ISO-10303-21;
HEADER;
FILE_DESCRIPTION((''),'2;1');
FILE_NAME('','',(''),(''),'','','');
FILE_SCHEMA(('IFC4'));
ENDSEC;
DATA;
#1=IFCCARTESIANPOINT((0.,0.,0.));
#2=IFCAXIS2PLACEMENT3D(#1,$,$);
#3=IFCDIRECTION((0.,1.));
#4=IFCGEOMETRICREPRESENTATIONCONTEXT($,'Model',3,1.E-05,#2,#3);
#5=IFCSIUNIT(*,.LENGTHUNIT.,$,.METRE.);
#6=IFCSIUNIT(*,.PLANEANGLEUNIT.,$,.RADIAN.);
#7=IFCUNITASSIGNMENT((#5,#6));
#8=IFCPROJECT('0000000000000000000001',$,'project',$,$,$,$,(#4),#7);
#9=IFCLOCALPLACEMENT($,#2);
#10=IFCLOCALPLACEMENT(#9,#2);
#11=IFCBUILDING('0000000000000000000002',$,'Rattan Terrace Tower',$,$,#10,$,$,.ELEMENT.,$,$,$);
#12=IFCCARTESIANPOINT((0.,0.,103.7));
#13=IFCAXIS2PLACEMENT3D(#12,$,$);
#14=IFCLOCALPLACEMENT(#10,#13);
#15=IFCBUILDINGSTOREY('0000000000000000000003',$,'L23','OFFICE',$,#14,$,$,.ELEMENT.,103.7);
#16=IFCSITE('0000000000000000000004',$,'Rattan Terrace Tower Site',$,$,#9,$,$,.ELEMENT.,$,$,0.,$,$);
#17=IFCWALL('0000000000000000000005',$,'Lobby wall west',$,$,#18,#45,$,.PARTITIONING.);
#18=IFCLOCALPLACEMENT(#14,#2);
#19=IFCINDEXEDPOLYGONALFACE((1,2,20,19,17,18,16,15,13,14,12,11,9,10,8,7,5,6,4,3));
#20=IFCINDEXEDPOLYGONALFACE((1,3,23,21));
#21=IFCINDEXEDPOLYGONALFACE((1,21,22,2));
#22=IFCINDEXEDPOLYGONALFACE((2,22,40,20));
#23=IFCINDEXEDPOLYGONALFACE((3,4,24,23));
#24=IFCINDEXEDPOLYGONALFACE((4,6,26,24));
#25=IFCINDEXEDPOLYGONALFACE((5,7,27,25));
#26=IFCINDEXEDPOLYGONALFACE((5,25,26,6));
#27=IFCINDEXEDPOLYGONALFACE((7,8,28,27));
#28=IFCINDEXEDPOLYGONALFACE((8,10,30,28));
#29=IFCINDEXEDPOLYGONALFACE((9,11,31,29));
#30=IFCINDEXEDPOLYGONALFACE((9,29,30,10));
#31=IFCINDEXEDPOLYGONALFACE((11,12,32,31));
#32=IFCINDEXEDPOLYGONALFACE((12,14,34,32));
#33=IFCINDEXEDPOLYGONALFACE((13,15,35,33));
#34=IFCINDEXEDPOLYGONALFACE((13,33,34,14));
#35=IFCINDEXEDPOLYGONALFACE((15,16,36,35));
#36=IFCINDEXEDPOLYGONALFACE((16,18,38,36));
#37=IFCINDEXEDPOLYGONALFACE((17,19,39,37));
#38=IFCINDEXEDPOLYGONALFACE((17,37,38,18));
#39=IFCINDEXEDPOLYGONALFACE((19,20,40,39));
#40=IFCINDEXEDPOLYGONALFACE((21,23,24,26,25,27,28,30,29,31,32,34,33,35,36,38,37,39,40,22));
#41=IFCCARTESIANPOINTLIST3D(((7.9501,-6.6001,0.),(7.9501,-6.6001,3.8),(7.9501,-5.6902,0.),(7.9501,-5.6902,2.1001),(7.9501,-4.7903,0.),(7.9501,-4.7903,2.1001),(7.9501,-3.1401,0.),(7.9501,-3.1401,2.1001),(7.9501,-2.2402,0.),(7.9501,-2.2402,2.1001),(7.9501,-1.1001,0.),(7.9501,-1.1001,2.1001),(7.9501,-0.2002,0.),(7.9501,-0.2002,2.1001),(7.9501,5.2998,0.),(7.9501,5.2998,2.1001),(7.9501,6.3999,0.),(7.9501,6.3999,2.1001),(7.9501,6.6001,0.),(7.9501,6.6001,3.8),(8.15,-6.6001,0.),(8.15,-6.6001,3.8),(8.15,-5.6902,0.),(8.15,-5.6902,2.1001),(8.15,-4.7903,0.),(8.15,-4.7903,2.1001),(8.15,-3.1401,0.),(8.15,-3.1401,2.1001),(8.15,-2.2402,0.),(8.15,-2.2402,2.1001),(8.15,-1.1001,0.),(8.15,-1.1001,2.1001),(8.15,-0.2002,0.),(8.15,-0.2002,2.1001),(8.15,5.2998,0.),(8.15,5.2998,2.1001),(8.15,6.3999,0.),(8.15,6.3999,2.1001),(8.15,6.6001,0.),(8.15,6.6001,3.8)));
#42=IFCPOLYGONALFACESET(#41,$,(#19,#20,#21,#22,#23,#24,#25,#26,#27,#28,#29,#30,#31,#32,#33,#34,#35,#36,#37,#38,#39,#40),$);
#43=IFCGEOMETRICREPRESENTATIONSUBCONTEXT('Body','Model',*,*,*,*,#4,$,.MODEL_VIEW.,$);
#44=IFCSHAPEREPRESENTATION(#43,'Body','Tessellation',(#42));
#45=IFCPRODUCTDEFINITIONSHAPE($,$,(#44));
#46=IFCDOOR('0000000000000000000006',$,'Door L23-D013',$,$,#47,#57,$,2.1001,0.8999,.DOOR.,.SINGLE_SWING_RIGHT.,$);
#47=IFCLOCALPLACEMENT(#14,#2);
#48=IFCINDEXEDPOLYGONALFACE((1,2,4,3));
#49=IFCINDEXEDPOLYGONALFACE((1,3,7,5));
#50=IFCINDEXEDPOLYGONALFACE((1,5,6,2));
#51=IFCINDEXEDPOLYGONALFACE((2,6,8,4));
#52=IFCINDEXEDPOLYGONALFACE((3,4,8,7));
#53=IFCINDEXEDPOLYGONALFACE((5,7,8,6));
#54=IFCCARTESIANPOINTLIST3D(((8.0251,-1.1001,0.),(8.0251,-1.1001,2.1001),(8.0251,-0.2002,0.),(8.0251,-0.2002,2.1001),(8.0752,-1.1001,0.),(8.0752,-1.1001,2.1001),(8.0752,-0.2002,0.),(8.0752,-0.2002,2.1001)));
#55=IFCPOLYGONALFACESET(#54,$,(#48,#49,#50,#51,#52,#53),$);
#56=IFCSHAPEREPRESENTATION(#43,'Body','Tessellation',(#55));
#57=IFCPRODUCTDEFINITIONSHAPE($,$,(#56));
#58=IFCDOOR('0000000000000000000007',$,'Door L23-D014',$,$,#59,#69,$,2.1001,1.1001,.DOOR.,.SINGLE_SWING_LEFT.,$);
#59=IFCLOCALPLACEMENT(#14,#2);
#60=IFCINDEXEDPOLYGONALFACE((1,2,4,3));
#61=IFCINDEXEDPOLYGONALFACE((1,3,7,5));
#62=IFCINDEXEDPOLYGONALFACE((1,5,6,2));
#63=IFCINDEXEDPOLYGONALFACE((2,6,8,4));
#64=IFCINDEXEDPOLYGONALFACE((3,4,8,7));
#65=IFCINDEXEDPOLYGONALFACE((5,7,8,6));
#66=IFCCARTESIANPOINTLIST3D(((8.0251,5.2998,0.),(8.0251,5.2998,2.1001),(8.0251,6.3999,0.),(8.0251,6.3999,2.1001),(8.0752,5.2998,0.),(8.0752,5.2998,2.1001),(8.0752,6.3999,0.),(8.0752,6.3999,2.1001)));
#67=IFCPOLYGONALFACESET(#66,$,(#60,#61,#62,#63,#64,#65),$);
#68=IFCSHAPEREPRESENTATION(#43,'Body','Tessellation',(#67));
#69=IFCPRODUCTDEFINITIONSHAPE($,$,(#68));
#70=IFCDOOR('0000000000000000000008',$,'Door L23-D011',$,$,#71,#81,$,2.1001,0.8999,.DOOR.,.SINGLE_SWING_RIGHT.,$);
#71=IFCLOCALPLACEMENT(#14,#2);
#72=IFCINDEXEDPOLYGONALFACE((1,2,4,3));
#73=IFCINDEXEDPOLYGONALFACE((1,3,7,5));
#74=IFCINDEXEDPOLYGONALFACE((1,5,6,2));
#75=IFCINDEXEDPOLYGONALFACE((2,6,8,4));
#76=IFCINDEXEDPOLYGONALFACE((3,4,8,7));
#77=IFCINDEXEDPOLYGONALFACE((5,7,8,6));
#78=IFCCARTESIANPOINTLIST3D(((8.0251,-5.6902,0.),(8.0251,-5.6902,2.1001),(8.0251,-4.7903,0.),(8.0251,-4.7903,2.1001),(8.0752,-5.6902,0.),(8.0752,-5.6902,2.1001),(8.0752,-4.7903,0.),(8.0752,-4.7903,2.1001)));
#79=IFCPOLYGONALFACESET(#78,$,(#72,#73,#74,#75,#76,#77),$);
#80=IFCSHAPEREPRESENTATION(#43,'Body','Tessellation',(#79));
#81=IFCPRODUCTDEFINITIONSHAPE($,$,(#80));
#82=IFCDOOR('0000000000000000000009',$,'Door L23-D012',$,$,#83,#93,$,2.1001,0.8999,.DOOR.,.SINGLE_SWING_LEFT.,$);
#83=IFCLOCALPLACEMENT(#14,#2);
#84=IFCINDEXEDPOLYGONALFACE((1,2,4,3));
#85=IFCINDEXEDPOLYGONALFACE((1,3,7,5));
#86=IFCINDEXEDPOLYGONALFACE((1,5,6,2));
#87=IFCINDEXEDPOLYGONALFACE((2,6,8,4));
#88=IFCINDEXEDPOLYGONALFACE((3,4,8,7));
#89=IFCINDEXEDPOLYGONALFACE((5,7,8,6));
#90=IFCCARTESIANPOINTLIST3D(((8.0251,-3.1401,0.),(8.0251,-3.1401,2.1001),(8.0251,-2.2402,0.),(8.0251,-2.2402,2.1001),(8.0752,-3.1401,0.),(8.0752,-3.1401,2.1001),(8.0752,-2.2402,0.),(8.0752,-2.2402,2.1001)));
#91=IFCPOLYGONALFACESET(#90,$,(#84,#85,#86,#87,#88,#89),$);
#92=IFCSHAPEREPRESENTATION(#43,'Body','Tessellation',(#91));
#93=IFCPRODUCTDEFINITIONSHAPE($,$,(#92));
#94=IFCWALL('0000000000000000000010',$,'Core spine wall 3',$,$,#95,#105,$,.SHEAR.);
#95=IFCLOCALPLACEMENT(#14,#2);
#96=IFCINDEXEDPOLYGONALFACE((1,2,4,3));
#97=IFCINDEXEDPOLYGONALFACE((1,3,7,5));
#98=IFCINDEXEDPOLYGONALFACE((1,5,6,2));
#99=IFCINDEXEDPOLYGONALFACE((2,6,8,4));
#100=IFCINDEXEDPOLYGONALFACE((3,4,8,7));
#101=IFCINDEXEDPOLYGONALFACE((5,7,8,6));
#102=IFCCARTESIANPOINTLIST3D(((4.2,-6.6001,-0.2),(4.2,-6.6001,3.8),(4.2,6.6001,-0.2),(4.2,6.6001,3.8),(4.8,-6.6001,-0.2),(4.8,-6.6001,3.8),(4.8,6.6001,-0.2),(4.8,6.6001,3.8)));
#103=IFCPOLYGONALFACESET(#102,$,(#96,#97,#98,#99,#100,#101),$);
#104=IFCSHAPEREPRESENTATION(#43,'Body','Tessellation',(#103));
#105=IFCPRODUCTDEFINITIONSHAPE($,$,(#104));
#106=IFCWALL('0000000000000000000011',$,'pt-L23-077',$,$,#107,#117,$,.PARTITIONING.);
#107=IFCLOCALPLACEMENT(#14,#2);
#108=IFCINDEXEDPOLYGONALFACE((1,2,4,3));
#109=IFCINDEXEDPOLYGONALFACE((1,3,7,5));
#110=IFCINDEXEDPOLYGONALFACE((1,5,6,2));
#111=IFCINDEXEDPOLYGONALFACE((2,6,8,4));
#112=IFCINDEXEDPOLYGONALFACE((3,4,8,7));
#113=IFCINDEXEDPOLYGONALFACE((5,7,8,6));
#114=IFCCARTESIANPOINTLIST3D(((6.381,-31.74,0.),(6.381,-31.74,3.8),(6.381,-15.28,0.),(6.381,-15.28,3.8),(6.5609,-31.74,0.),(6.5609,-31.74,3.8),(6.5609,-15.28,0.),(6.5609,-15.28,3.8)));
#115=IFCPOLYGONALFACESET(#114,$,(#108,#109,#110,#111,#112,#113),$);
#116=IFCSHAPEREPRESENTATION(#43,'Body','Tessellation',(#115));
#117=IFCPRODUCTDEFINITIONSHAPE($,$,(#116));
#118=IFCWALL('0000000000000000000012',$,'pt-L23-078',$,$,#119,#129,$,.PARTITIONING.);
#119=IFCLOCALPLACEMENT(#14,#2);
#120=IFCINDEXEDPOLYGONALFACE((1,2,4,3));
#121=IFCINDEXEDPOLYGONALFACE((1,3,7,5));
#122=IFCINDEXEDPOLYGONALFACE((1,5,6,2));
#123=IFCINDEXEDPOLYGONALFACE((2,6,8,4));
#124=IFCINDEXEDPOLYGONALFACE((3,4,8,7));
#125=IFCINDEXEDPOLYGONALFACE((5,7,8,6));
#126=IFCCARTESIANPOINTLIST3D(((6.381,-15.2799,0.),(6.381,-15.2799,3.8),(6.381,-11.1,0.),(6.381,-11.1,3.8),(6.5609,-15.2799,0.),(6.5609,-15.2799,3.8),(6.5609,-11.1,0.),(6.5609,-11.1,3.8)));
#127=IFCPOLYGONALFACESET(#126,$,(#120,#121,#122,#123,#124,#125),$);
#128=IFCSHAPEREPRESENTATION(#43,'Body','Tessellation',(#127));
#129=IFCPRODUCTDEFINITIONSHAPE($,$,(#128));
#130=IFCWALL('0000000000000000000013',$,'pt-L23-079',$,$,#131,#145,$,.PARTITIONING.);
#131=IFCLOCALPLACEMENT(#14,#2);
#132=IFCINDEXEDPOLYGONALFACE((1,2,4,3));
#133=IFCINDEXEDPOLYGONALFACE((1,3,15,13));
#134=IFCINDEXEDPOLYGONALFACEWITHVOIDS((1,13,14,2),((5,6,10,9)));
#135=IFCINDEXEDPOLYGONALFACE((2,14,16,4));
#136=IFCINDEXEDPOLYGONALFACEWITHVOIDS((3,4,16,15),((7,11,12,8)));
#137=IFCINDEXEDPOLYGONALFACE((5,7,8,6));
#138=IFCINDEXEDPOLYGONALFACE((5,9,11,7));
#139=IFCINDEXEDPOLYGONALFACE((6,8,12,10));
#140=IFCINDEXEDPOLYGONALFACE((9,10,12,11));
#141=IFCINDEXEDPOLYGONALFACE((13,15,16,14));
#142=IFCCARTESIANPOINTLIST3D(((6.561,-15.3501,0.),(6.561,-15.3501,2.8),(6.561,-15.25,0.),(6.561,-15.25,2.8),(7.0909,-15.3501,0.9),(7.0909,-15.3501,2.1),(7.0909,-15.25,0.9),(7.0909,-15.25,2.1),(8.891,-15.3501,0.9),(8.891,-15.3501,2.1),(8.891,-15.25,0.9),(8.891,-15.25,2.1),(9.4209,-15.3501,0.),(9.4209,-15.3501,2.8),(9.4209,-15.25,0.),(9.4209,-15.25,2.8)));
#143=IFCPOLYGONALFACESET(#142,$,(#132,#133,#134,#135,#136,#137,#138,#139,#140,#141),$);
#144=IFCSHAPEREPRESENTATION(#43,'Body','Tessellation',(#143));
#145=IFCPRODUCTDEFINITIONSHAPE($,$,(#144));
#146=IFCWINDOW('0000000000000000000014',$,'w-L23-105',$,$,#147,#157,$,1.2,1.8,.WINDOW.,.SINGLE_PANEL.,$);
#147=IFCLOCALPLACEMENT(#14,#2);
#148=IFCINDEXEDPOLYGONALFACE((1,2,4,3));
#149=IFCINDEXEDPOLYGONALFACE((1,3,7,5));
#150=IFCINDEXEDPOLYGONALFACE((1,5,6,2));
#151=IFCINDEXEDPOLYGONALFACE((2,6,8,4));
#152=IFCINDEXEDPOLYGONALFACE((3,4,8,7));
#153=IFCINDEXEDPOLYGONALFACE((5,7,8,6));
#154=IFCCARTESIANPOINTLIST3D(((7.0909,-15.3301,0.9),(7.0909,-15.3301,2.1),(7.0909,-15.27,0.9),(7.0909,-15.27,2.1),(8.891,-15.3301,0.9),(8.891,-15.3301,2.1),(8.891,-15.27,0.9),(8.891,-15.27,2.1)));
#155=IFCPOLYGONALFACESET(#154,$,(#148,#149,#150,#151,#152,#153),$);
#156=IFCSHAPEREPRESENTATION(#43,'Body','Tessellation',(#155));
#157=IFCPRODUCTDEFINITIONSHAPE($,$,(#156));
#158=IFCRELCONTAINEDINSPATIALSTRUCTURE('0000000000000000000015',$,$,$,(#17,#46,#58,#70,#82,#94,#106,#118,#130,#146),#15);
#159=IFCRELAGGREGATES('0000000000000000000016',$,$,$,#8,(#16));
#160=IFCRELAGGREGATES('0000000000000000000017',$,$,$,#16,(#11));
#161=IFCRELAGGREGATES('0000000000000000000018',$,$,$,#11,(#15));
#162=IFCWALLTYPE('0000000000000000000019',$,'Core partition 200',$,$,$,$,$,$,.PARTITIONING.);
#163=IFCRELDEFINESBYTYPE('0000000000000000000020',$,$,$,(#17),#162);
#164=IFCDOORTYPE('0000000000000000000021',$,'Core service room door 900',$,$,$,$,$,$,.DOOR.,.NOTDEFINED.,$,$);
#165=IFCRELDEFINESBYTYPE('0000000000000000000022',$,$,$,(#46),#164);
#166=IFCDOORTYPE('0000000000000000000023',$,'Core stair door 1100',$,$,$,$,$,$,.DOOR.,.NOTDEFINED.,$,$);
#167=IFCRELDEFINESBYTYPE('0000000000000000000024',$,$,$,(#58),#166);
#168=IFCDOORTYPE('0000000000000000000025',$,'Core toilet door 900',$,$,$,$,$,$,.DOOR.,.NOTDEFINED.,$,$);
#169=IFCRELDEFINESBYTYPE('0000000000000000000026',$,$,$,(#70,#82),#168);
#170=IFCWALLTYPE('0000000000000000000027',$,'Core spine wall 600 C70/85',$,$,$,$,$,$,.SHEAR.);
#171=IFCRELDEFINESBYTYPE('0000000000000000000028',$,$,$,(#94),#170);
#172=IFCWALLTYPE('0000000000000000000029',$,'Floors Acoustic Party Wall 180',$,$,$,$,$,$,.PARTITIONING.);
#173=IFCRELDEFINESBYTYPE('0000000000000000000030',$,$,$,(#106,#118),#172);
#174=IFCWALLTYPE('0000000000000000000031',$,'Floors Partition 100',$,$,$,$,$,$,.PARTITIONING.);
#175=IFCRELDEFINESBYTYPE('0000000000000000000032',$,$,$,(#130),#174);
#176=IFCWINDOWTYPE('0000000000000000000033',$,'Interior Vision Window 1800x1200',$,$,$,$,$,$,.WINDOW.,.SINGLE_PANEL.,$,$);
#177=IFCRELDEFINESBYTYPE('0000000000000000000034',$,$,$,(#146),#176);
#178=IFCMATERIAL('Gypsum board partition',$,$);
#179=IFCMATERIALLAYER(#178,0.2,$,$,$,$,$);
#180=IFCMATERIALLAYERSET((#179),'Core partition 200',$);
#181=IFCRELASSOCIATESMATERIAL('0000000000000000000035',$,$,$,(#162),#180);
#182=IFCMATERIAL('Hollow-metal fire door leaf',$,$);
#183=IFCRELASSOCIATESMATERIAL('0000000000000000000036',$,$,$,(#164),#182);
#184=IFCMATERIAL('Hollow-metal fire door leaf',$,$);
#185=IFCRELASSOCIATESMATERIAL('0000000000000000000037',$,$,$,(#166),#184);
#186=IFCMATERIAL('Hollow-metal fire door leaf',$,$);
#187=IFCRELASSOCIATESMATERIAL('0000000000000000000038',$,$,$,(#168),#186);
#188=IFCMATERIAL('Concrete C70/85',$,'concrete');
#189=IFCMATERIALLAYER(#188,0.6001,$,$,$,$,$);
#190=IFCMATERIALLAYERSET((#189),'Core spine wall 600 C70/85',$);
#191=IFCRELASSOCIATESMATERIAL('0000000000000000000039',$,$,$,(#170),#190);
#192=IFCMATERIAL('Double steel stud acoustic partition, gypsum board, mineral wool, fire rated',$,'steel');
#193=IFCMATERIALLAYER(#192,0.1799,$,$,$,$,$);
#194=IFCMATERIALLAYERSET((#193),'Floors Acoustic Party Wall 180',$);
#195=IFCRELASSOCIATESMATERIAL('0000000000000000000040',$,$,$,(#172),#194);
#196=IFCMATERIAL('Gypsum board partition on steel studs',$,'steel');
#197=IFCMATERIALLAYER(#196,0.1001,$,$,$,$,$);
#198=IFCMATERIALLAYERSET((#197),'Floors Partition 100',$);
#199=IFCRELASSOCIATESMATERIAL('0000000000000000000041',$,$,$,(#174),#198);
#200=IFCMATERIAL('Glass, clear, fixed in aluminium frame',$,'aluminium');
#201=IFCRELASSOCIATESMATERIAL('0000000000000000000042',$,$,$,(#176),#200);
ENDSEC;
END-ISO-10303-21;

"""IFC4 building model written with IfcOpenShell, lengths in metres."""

from ifc_helpers import new_model, si_unit, direction, frame, frame_2d, origin, place, context, subcontext, project, spatial, rectangle, extrude, material, layer, layer_set, type_object, element, fill, save


model = new_model("IFC4")

# Units and contexts
model_context = context("Model", 3, precision=1e-05, world=origin(), true_north=direction((0.0, 1.0)))
body_context = subcontext(model_context, "Body", "Model", "MODEL_VIEW")
ifc_project = project(units=[si_unit("LENGTHUNIT", "METRE"), si_unit("PLANEANGLEUNIT", "RADIAN")], contexts=[model_context])

# Site, building, storey
site_placement = place(None, origin())
site = spatial("IfcSite", under=ifc_project, at=site_placement, Name="Rattan Terrace Tower Site", CompositionType="ELEMENT", RefElevation=0.0)
building_placement = place(site_placement, origin())
building = spatial("IfcBuilding", under=site, at=building_placement, Name="Rattan Terrace Tower", CompositionType="ELEMENT")
storey_placement = place(building_placement, frame((0.0, 0.0, 103.7)))
storey = spatial("IfcBuildingStorey", under=building, at=storey_placement, Name="L23", Description="OFFICE", CompositionType="ELEMENT", Elevation=103.7)

# Wall, openings, doors
ifc_material_1 = material(Name="Gypsum board partition")
ifc_layer_1 = layer(ifc_material_1, 0.2)
ifc_layer_set_1 = layer_set([ifc_layer_1], Name="Core partition 200")
wall_type_1 = type_object("IfcWallType", Name="Core partition 200", PredefinedType="PARTITIONING", material=ifc_layer_set_1)
wall_1_placement = place(storey_placement, frame((8.05, -6.6001, 0.0), z_axis=(0.0, 0.0, 1.0), x_axis=(0.0, 1.0, 0.0)))
wall_1 = element("IfcWall", 1, at=wall_1_placement, inside=storey, type_object=wall_type_1, Name="Lobby wall west", PredefinedType="PARTITIONING", context=body_context, shape_type="SweptSolid", body=[
    extrude(rectangle(XDim=13.2002, YDim=0.2, at=frame_2d((6.6001, 0.0))), origin(), (0.0, 0.0, 1.0), 3.8),
])
opening_1_placement = place(wall_1_placement, frame((0.9099, 0.0, 0.0)))
opening_1 = element("IfcOpeningElement", 2, at=opening_1_placement, cuts=wall_1, PredefinedType="OPENING", context=body_context, shape_type="SweptSolid", body=[
    extrude(rectangle(XDim=0.8999, YDim=2.1001, at=frame_2d((0.45, 1.05))), frame((0.0, 0.1106, 0.0), z_axis=(0.0, -1.0, 0.0), x_axis=(1.0, 0.0, 0.0)), (0.0, 0.0, 1.0), 0.2209),
])
opening_2_placement = place(wall_1_placement, frame((3.46, 0.0, 0.0)))
opening_2 = element("IfcOpeningElement", 3, at=opening_2_placement, cuts=wall_1, PredefinedType="OPENING", context=body_context, shape_type="SweptSolid", body=[
    extrude(rectangle(XDim=0.8999, YDim=2.1001, at=frame_2d((0.45, 1.05))), frame((0.0, 0.1106, 0.0), z_axis=(0.0, -1.0, 0.0), x_axis=(1.0, 0.0, 0.0)), (0.0, 0.0, 1.0), 0.2209),
])
opening_3_placement = place(wall_1_placement, frame((5.5, 0.0, 0.0)))
opening_3 = element("IfcOpeningElement", 4, at=opening_3_placement, cuts=wall_1, PredefinedType="OPENING", context=body_context, shape_type="SweptSolid", body=[
    extrude(rectangle(XDim=0.8999, YDim=2.1001, at=frame_2d((0.45, 1.05))), frame((0.0, 0.1106, 0.0), z_axis=(0.0, -1.0, 0.0), x_axis=(1.0, 0.0, 0.0)), (0.0, 0.0, 1.0), 0.2209),
])
opening_4_placement = place(wall_1_placement, frame((11.8999, 0.0, 0.0)))
opening_4 = element("IfcOpeningElement", 5, at=opening_4_placement, cuts=wall_1, PredefinedType="OPENING", context=body_context, shape_type="SweptSolid", body=[
    extrude(rectangle(XDim=1.1001, YDim=2.1001, at=frame_2d((0.55, 1.05))), frame((0.0, 0.1106, 0.0), z_axis=(0.0, -1.0, 0.0), x_axis=(1.0, 0.0, 0.0)), (0.0, 0.0, 1.0), 0.2209),
])
ifc_material_2 = material(Name="Hollow-metal fire door leaf")
door_type_1 = type_object("IfcDoorType", Name="Core service room door 900", OperationType="NOTDEFINED", PredefinedType="DOOR", material=ifc_material_2)
door_1_placement = place(opening_3_placement, origin())
door_1 = element("IfcDoor", 6, at=door_1_placement, inside=storey, type_object=door_type_1, Name="Door L23-D013", OperationType="SINGLE_SWING_RIGHT", OverallHeight=2.1001, OverallWidth=0.8999, PredefinedType="DOOR", context=body_context, shape_type="SweptSolid", body=[
    extrude(rectangle(XDim=0.8999, YDim=2.1001, at=frame_2d((0.45, 1.05))), frame((0.0, 0.0249, 0.0), z_axis=(0.0, -1.0, 0.0), x_axis=(1.0, 0.0, 0.0)), (0.0, 0.0, 1.0), 0.05),
])
fill(opening_3, door_1)
ifc_material_3 = material(Name="Hollow-metal fire door leaf")
door_type_2 = type_object("IfcDoorType", Name="Core stair door 1100", OperationType="NOTDEFINED", PredefinedType="DOOR", material=ifc_material_3)
door_2_placement = place(opening_4_placement, origin())
door_2 = element("IfcDoor", 7, at=door_2_placement, inside=storey, type_object=door_type_2, Name="Door L23-D014", OperationType="SINGLE_SWING_LEFT", OverallHeight=2.1001, OverallWidth=1.1001, PredefinedType="DOOR", context=body_context, shape_type="SweptSolid", body=[
    extrude(rectangle(XDim=1.1001, YDim=2.1001, at=frame_2d((0.55, 1.05))), frame((0.0, 0.0249, 0.0), z_axis=(0.0, -1.0, 0.0), x_axis=(1.0, 0.0, 0.0)), (0.0, 0.0, 1.0), 0.05),
])
fill(opening_4, door_2)
ifc_material_4 = material(Name="Hollow-metal fire door leaf")
door_type_3 = type_object("IfcDoorType", Name="Core toilet door 900", OperationType="NOTDEFINED", PredefinedType="DOOR", material=ifc_material_4)
door_3_placement = place(opening_1_placement, origin())
door_3 = element("IfcDoor", 8, at=door_3_placement, inside=storey, type_object=door_type_3, Name="Door L23-D011", OperationType="SINGLE_SWING_RIGHT", OverallHeight=2.1001, OverallWidth=0.8999, PredefinedType="DOOR", context=body_context, shape_type="SweptSolid", body=[
    extrude(rectangle(XDim=0.8999, YDim=2.1001, at=frame_2d((0.45, 1.05))), frame((0.0, 0.0249, 0.0), z_axis=(0.0, -1.0, 0.0), x_axis=(1.0, 0.0, 0.0)), (0.0, 0.0, 1.0), 0.05),
])
fill(opening_1, door_3)
door_4_placement = place(opening_2_placement, origin())
door_4 = element("IfcDoor", 9, at=door_4_placement, inside=storey, type_object=door_type_3, Name="Door L23-D012", OperationType="SINGLE_SWING_LEFT", OverallHeight=2.1001, OverallWidth=0.8999, PredefinedType="DOOR", context=body_context, shape_type="SweptSolid", body=[
    extrude(rectangle(XDim=0.8999, YDim=2.1001, at=frame_2d((0.45, 1.05))), frame((0.0, 0.0249, 0.0), z_axis=(0.0, -1.0, 0.0), x_axis=(1.0, 0.0, 0.0)), (0.0, 0.0, 1.0), 0.05),
])
fill(opening_2, door_4)

# Walls
ifc_material_5 = material(Name="Concrete C70/85", Category="concrete")
ifc_layer_2 = layer(ifc_material_5, 0.6001)
ifc_layer_set_2 = layer_set([ifc_layer_2], Name="Core spine wall 600 C70/85")
wall_type_2 = type_object("IfcWallType", Name="Core spine wall 600 C70/85", PredefinedType="SHEAR", material=ifc_layer_set_2)
wall_2_placement = place(storey_placement, frame((4.5, -6.6001, -0.2), z_axis=(0.0, 0.0, 1.0), x_axis=(0.0, 1.0, 0.0)))
element("IfcWall", 10, at=wall_2_placement, inside=storey, type_object=wall_type_2, Name="Core spine wall 3", PredefinedType="SHEAR", context=body_context, shape_type="SweptSolid", body=[
    extrude(rectangle(XDim=13.2002, YDim=0.6001, at=frame_2d((6.6001, 0.0))), origin(), (0.0, 0.0, 1.0), 4.0),
])
ifc_material_6 = material(Name="Double steel stud acoustic partition, gypsum board, mineral wool, fire rated", Category="steel")
ifc_layer_3 = layer(ifc_material_6, 0.1799)
ifc_layer_set_3 = layer_set([ifc_layer_3], Name="Floors Acoustic Party Wall 180")
wall_type_3 = type_object("IfcWallType", Name="Floors Acoustic Party Wall 180", PredefinedType="PARTITIONING", material=ifc_layer_set_3)
wall_3_placement = place(storey_placement, frame((6.4709, -15.28, 0.0), z_axis=(0.0, 0.0, 1.0), x_axis=(0.0, -1.0, 0.0)))
element("IfcWall", 11, at=wall_3_placement, inside=storey, type_object=wall_type_3, Name="pt-L23-077", PredefinedType="PARTITIONING", context=body_context, shape_type="SweptSolid", body=[
    extrude(rectangle(XDim=16.46, YDim=0.1799, at=frame_2d((8.23, 0.0))), origin(), (0.0, 0.0, 1.0), 3.8),
])
wall_4_placement = place(storey_placement, frame((6.4709, -11.1001, 0.0), z_axis=(0.0, 0.0, 1.0), x_axis=(0.0, -1.0, 0.0)))
element("IfcWall", 12, at=wall_4_placement, inside=storey, type_object=wall_type_3, Name="pt-L23-078", PredefinedType="PARTITIONING", context=body_context, shape_type="SweptSolid", body=[
    extrude(rectangle(XDim=4.1799, YDim=0.1799, at=frame_2d((2.0898, 0.0))), origin(), (0.0, 0.0, 1.0), 3.8),
])

# Wall, opening, window
ifc_material_7 = material(Name="Gypsum board partition on steel studs", Category="steel")
ifc_layer_4 = layer(ifc_material_7, 0.1001)
ifc_layer_set_4 = layer_set([ifc_layer_4], Name="Floors Partition 100")
wall_type_4 = type_object("IfcWallType", Name="Floors Partition 100", PredefinedType="PARTITIONING", material=ifc_layer_set_4)
wall_5_placement = place(storey_placement, frame((6.561, -15.3, 0.0), z_axis=(0.0, 0.0, 1.0), x_axis=(1.0, 0.0, 0.0)))
wall_5 = element("IfcWall", 13, at=wall_5_placement, inside=storey, type_object=wall_type_4, Name="pt-L23-079", PredefinedType="PARTITIONING", context=body_context, shape_type="SweptSolid", body=[
    extrude(rectangle(XDim=2.8599, YDim=0.1001, at=frame_2d((1.4299, 0.0))), origin(), (0.0, 0.0, 1.0), 2.8),
])
opening_5_placement = place(wall_5_placement, frame((0.53, 0.0, 0.8999)))
opening_5 = element("IfcOpeningElement", 14, at=opening_5_placement, cuts=wall_5, PredefinedType="OPENING", context=body_context, shape_type="SweptSolid", body=[
    extrude(rectangle(XDim=1.8, YDim=1.2, at=frame_2d((0.8999, 0.6001))), frame((0.0, 0.0605, 0.0), z_axis=(0.0, -1.0, 0.0), x_axis=(1.0, 0.0, 0.0)), (0.0, 0.0, 1.0), 0.1211),
])
ifc_material_8 = material(Name="Glass, clear, fixed in aluminium frame", Category="aluminium")
window_type = type_object("IfcWindowType", Name="Interior Vision Window 1800x1200", PartitioningType="SINGLE_PANEL", PredefinedType="WINDOW", material=ifc_material_8)
window_placement = place(opening_5_placement, origin())
window = element("IfcWindow", 15, at=window_placement, inside=storey, type_object=window_type, Name="w-L23-105", OverallHeight=1.2, OverallWidth=1.8, PartitioningType="SINGLE_PANEL", PredefinedType="WINDOW", context=body_context, shape_type="SweptSolid", body=[
    extrude(rectangle(XDim=1.8, YDim=1.2, at=frame_2d((0.8999, 0.6001))), frame((0.0, 0.03, 0.0), z_axis=(0.0, -1.0, 0.0), x_axis=(1.0, 0.0, 0.0)), (0.0, 0.0, 1.0), 0.0601),
])
fill(opening_5, window)

save(model, "model.ifc")
